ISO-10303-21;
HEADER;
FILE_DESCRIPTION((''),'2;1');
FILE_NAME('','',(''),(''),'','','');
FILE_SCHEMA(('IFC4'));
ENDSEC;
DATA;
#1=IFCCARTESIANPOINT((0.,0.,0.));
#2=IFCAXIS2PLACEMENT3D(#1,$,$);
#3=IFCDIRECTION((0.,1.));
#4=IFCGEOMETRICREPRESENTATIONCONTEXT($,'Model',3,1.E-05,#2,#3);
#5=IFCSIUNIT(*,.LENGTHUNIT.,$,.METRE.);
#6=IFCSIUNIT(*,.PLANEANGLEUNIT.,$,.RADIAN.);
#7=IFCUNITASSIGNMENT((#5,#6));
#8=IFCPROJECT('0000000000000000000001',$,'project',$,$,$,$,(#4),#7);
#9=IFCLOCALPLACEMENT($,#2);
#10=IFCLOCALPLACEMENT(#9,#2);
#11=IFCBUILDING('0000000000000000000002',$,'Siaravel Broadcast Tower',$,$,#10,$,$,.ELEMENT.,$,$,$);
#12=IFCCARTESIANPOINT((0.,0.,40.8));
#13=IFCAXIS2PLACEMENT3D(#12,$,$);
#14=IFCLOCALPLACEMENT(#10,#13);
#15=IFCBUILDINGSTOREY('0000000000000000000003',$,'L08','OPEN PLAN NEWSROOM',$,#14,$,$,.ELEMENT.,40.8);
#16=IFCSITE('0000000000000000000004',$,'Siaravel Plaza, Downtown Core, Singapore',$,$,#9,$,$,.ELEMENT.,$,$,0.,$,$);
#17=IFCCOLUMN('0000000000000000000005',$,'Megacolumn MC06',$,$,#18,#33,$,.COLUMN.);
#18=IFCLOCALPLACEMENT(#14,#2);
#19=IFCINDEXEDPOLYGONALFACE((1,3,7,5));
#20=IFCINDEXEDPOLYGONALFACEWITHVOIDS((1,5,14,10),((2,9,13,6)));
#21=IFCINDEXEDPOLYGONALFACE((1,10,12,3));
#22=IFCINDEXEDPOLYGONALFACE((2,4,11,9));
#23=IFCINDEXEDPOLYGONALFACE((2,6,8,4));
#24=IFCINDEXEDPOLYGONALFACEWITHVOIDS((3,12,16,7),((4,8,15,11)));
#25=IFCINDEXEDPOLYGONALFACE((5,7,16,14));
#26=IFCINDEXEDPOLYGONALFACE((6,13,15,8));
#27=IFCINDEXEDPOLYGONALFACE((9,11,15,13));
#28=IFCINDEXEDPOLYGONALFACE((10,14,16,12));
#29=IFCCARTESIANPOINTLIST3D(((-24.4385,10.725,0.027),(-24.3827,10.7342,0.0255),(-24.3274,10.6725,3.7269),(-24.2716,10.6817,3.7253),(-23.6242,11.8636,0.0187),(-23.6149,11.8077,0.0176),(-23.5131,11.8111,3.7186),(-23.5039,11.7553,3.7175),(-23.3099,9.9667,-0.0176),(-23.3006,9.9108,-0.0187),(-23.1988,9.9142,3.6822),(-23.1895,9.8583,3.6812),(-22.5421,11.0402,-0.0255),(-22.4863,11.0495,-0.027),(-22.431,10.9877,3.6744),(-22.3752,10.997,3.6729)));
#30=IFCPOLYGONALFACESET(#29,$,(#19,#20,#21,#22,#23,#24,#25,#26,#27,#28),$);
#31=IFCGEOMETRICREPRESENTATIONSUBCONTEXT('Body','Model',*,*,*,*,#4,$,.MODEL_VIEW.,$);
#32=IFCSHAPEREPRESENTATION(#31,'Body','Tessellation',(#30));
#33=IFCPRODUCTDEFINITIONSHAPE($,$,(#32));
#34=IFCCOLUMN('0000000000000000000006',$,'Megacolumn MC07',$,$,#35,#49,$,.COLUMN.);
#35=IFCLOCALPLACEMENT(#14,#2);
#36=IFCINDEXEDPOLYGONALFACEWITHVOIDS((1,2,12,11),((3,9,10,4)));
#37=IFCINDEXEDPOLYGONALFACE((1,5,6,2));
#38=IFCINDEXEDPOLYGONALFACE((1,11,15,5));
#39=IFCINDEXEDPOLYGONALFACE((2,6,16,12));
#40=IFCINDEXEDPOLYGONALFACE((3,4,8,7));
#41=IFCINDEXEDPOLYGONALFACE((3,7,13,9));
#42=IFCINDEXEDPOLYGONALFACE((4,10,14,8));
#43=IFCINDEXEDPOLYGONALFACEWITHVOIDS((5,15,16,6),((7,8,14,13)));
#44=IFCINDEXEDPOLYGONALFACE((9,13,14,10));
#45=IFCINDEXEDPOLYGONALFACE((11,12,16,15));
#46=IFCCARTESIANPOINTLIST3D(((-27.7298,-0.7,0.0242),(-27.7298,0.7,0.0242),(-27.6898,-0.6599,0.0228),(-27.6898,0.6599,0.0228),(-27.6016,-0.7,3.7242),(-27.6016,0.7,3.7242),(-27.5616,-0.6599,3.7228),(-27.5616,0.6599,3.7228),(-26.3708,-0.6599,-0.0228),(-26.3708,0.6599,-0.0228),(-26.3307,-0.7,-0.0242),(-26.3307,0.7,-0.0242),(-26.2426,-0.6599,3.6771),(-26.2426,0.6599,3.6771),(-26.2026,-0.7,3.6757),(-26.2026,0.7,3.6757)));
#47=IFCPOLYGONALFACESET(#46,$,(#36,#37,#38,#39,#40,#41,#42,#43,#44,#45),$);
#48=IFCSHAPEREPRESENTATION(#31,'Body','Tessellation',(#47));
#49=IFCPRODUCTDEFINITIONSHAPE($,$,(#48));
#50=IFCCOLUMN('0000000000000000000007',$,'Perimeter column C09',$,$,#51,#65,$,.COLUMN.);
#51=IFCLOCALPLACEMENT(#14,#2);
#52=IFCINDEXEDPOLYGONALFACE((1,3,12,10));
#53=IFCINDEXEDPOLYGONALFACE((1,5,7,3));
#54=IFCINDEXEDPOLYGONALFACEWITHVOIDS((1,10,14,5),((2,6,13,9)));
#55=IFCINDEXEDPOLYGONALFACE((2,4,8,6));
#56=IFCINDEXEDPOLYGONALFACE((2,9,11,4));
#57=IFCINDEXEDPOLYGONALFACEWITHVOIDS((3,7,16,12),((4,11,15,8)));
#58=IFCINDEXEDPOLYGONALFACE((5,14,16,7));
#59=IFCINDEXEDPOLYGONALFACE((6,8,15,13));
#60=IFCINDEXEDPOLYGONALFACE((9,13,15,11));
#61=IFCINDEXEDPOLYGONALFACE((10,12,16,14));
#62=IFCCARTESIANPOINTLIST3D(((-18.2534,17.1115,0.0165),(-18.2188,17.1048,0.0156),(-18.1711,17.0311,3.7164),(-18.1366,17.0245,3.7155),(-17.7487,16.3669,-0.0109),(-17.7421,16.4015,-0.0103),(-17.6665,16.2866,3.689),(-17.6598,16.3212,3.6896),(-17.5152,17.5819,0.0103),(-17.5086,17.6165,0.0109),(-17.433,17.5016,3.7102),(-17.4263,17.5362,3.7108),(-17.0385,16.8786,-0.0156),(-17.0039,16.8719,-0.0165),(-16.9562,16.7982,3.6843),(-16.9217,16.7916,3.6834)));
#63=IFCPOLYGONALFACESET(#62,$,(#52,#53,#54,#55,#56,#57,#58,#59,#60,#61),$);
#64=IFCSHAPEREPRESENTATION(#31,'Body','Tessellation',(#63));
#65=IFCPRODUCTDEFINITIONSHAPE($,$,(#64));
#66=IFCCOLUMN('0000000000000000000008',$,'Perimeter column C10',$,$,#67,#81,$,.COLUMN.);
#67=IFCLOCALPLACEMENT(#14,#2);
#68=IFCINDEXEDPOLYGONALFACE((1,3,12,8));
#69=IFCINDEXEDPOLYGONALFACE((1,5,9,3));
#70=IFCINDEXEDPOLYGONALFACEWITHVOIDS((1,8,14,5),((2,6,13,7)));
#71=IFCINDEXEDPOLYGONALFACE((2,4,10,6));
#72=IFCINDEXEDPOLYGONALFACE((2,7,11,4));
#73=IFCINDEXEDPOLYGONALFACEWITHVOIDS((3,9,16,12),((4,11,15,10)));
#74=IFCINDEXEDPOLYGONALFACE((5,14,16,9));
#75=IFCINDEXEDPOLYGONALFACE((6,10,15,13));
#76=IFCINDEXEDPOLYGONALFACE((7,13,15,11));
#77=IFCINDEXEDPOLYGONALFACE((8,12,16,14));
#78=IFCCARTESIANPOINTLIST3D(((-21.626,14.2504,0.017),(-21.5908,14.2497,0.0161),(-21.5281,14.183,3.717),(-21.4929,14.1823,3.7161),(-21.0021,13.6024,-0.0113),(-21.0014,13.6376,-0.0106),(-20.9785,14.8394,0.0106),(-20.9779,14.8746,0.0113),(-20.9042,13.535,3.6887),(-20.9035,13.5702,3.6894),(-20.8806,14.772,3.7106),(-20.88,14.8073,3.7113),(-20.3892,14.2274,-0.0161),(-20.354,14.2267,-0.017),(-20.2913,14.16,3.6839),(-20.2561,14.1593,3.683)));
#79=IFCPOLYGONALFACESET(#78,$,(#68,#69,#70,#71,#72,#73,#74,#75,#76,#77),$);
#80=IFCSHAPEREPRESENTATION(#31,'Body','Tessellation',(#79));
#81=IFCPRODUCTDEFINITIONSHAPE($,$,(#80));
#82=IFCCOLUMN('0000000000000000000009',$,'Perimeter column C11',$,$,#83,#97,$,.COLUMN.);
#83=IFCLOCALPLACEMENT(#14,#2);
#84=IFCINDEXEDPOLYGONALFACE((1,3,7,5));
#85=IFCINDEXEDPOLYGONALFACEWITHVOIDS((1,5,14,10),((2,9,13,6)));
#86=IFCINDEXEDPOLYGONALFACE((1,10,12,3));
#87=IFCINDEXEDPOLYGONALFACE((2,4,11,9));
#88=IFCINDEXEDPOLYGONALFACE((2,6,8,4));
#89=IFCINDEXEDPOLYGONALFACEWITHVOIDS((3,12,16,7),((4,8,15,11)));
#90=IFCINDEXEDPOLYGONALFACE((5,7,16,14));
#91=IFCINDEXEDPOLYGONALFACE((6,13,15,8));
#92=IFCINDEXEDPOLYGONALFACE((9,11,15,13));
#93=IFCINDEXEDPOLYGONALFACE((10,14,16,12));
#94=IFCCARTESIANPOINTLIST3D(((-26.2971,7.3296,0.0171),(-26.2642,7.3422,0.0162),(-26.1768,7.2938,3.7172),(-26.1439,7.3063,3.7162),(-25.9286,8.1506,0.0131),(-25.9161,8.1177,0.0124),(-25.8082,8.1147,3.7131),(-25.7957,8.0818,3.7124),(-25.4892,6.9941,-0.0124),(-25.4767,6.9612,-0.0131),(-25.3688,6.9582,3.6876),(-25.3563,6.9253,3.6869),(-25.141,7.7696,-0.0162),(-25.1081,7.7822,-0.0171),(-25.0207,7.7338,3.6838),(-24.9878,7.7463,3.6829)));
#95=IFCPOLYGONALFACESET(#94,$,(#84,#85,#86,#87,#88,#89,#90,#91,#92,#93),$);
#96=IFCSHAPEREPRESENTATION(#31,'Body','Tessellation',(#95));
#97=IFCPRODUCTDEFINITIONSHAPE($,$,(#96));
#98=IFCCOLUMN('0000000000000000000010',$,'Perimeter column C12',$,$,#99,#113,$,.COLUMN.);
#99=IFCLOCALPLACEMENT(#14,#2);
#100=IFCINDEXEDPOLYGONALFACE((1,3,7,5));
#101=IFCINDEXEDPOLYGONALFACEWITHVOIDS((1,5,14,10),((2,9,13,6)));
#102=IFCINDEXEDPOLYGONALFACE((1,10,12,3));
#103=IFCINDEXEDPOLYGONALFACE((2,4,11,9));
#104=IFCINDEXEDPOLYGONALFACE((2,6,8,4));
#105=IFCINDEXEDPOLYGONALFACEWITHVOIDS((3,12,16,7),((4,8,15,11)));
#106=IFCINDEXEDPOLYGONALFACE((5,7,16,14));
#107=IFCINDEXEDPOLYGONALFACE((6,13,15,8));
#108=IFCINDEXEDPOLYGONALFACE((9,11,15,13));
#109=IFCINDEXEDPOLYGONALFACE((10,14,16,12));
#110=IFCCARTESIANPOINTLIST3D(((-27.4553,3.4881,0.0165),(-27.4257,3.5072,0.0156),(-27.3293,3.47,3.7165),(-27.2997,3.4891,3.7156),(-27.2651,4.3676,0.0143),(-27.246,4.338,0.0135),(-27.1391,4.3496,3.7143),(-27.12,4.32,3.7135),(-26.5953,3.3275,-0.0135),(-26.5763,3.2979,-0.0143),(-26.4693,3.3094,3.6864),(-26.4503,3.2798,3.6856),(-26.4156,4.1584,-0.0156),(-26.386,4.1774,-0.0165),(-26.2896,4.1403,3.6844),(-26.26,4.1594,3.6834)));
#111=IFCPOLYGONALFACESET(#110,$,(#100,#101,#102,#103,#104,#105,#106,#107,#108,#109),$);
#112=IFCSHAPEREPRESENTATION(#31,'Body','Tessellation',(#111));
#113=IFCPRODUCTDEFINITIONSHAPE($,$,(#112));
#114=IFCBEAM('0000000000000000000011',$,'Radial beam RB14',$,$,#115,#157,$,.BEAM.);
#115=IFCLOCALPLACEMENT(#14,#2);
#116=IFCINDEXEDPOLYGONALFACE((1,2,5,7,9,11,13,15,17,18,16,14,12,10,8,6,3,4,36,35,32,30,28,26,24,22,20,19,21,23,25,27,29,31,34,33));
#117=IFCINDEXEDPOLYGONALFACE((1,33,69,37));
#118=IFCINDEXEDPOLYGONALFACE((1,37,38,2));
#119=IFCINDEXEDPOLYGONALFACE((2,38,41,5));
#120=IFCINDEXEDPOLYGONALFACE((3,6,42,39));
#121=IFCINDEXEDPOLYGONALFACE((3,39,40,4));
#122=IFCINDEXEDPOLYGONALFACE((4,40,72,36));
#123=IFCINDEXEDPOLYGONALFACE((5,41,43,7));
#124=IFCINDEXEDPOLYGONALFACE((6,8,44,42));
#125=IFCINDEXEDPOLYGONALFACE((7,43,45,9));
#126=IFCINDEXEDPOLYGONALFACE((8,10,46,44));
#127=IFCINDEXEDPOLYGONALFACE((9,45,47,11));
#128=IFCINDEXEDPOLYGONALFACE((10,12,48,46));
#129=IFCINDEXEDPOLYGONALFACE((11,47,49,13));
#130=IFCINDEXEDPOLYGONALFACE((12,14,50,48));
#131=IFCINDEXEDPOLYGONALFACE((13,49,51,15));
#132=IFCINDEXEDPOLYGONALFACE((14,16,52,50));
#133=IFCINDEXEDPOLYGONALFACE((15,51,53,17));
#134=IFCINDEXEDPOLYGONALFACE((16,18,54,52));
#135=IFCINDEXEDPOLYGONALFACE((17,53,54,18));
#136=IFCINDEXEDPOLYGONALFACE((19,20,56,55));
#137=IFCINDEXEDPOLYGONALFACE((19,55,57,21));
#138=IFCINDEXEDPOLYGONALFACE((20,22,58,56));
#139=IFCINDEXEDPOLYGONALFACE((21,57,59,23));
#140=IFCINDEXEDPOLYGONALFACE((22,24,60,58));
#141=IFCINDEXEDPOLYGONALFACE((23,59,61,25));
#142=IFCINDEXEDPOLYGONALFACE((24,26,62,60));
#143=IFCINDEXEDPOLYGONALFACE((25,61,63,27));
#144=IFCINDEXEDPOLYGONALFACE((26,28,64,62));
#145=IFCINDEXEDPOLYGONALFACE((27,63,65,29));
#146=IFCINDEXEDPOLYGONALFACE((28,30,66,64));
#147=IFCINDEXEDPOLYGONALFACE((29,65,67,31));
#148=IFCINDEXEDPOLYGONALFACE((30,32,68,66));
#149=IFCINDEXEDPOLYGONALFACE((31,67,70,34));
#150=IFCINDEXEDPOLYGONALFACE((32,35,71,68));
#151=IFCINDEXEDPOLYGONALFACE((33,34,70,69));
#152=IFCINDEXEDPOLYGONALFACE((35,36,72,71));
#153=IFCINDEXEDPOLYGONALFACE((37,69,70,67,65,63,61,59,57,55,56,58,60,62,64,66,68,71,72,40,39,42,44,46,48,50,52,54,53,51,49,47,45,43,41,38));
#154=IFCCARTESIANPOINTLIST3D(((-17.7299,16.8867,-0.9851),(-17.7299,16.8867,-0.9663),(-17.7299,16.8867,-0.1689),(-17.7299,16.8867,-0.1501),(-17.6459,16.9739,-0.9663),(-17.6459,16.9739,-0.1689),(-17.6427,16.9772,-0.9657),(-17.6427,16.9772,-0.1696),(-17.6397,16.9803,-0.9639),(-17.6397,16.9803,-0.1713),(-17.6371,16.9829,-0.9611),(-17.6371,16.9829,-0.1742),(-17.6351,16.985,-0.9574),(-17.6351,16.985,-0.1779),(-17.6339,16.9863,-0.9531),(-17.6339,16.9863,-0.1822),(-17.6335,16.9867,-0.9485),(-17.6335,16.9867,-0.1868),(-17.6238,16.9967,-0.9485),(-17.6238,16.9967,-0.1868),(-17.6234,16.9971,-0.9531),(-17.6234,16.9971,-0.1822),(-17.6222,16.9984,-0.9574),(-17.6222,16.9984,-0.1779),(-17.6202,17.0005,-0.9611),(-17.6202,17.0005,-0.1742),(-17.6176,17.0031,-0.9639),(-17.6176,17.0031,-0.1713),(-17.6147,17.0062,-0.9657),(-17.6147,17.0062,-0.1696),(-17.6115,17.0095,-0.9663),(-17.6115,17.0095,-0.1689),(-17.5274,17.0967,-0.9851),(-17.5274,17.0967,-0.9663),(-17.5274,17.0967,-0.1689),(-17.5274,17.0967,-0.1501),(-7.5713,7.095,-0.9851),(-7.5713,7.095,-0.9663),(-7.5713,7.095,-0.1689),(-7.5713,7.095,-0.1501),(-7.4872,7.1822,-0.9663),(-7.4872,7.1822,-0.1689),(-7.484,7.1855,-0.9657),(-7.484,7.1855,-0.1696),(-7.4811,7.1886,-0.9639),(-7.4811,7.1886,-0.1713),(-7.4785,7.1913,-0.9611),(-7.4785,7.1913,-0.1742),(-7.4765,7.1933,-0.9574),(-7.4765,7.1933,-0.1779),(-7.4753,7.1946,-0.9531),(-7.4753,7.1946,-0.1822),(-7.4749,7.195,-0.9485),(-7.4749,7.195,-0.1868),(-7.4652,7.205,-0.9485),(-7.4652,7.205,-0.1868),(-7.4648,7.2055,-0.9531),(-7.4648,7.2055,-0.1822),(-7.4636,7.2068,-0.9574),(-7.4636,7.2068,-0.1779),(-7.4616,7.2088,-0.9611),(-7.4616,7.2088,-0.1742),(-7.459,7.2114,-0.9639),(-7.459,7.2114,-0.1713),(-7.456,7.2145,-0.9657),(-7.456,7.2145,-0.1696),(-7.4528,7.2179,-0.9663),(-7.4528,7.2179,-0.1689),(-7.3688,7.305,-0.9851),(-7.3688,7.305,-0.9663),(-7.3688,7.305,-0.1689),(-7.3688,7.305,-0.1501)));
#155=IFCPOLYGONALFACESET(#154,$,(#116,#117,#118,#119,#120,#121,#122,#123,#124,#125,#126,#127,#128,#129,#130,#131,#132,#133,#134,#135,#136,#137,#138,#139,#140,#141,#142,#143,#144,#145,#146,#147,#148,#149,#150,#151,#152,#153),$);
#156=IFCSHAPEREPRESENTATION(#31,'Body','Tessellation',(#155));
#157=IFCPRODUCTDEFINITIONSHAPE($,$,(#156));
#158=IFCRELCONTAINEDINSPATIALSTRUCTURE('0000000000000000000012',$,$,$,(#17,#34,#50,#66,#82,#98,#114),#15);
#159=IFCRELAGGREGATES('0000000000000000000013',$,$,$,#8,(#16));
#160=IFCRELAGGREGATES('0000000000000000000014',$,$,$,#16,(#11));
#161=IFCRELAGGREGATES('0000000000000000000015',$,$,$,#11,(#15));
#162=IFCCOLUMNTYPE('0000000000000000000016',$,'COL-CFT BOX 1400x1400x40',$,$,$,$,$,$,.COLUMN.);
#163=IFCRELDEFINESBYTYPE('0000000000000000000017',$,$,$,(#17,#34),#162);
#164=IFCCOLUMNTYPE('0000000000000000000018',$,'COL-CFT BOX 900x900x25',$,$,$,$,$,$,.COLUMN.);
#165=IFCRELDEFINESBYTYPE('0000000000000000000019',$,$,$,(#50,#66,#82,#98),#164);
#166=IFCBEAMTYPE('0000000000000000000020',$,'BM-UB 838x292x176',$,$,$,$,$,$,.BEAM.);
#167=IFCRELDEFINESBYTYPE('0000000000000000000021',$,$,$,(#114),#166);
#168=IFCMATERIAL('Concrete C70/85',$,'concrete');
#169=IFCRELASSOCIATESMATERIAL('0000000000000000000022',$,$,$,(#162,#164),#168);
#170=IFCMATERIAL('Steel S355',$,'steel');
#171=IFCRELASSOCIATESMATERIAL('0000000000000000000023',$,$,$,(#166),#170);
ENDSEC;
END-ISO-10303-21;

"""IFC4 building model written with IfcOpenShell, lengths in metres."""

from ifc_helpers import new_model, si_unit, direction, frame, origin, origin_2d, place, context, subcontext, project, spatial, hollow_rectangle, i_section, extrude, material, material_profile, profile_set, type_object, element, save


model = new_model("IFC4")

# Units and contexts
model_context = context("Model", 3, precision=1e-05, world=origin(), true_north=direction((0.0, 1.0)))
body_context = subcontext(model_context, "Body", "Model", "MODEL_VIEW")
ifc_project = project(units=[si_unit("LENGTHUNIT", "METRE"), si_unit("PLANEANGLEUNIT", "RADIAN")], contexts=[model_context])

# Site, building, storey
site_placement = place(None, origin())
site = spatial("IfcSite", under=ifc_project, at=site_placement, Name="Siaravel Plaza, Downtown Core, Singapore", CompositionType="ELEMENT", RefElevation=0.0)
building_placement = place(site_placement, origin())
building = spatial("IfcBuilding", under=site, at=building_placement, Name="Siaravel Broadcast Tower", CompositionType="ELEMENT")
storey_placement = place(building_placement, frame((0.0, 0.0, 40.8)))
storey = spatial("IfcBuildingStorey", under=building, at=storey_placement, Name="L08", Description="OPEN PLAN NEWSROOM", CompositionType="ELEMENT", Elevation=40.8)

# Columns
ifc_material_1 = material(Name="Concrete C70/85", Category="concrete")
ifc_material_profile_1 = material_profile(ifc_material_1, hollow_rectangle(XDim=1.3999, YDim=1.3999, WallThickness=0.04, at=origin_2d()))
ifc_profile_set_1 = profile_set([ifc_material_profile_1], Name="Concrete C70/85")
column_type_1 = type_object("IfcColumnType", Name="COL-CFT BOX 1400x1400x40", PredefinedType="COLUMN", material=ifc_profile_set_1)
column_1_placement = place(storey_placement, frame((-23.4624, 10.8872, 0.0), z_axis=(0.030007, -0.014179, 0.999449), x_axis=(0.581708, 0.813376, -0.005926)))
element("IfcColumn", 1, at=column_1_placement, inside=storey, type_object=column_type_1, Name="Megacolumn MC06", PredefinedType="COLUMN", context=body_context, shape_type="SweptSolid", body=[
    extrude(hollow_rectangle(XDim=1.3999, YDim=1.3999, WallThickness=0.04, at=origin_2d()), origin(), (0.0, 0.0, 1.0), 3.7019),
])
column_2_placement = place(storey_placement, frame((-27.0303, 0.0, 0.0), z_axis=(0.034621, 0.0, 0.999401), x_axis=(0.0, 1.0, 0.0)))
element("IfcColumn", 2, at=column_2_placement, inside=storey, type_object=column_type_1, Name="Megacolumn MC07", PredefinedType="COLUMN", context=body_context, shape_type="SweptSolid", body=[
    extrude(hollow_rectangle(XDim=1.3999, YDim=1.3999, WallThickness=0.04, at=origin_2d()), origin(), (0.0, 0.0, 1.0), 3.7021),
])
ifc_material_profile_2 = material_profile(ifc_material_1, hollow_rectangle(XDim=0.8999, YDim=0.8999, WallThickness=0.0249, at=origin_2d()))
ifc_profile_set_2 = profile_set([ifc_material_profile_2], Name="Concrete C70/85")
column_type_2 = type_object("IfcColumnType", Name="COL-CFT BOX 900x900x25", PredefinedType="COLUMN", material=ifc_profile_set_2)
column_3_placement = place(storey_placement, frame((-17.6287, 16.9917, 0.0), z_axis=(0.022226, -0.021699, 0.999517), x_axis=(0.827647, 0.561215, -0.006221)))
element("IfcColumn", 3, at=column_3_placement, inside=storey, type_object=column_type_2, Name="Perimeter column C09", PredefinedType="COLUMN", context=body_context, shape_type="SweptSolid", body=[
    extrude(hollow_rectangle(XDim=0.8999, YDim=0.8999, WallThickness=0.0249, at=origin_2d()), origin(), (0.0, 0.0, 1.0), 3.7017),
])
column_4_placement = place(storey_placement, frame((-20.99, 14.2385, 0.0), z_axis=(0.026446, -0.018202, 0.999484), x_axis=(0.72021, 0.693726, -0.006423)))
element("IfcColumn", 4, at=column_4_placement, inside=storey, type_object=column_type_2, Name="Perimeter column C10", PredefinedType="COLUMN", context=body_context, shape_type="SweptSolid", body=[
    extrude(hollow_rectangle(XDim=0.8999, YDim=0.8999, WallThickness=0.0249, at=origin_2d()), origin(), (0.0, 0.0, 1.0), 3.7019),
])
for number, where, z_axis, x_axis, name in (
    (5, (-25.7026, 7.5559, 0.0), (0.032512, -0.009694, 0.999424), (0.40952, 0.91229, -0.004473), "Perimeter column C11"),
    (6, (-26.9207, 3.8328, 0.0), (0.034028, -0.00488, 0.999409), (0.211389, 0.977399, -0.002425), "Perimeter column C12"),
):
    element("IfcColumn", number, at=place(storey_placement, frame(where, z_axis=z_axis, x_axis=x_axis)), inside=storey, type_object=column_type_2, Name=name, PredefinedType="COLUMN", context=body_context, shape_type="SweptSolid", body=[
        extrude(hollow_rectangle(XDim=0.8999, YDim=0.8999, WallThickness=0.0249, at=origin_2d()), origin(), (0.0, 0.0, 1.0), 3.7021),
    ])

# Beam
ifc_material_2 = material(Name="Steel S355", Category="steel")
ifc_material_profile_3 = material_profile(ifc_material_2, i_section(OverallWidth=0.2917, OverallDepth=0.835, WebThickness=0.0139, FlangeThickness=0.0188, FilletRadius=0.0178, at=origin_2d()))
ifc_profile_set_3 = profile_set([ifc_material_profile_3], Name="Steel S355")
beam_type = type_object("IfcBeamType", Name="BM-UB 838x292x176", PredefinedType="BEAM", material=ifc_profile_set_3)
beam_1_placement = place(storey_placement, frame((-17.6287, 16.9917, -0.5676), z_axis=(0.719991, -0.693984, 0.0), x_axis=(0.693984, 0.719991, 0.0)))
element("IfcBeam", 7, at=beam_1_placement, inside=storey, type_object=beam_type, Name="Radial beam RB14", PredefinedType="BEAM", context=body_context, shape_type="SweptSolid", body=[
    extrude(i_section(OverallWidth=0.2917, OverallDepth=0.835, WebThickness=0.0139, FlangeThickness=0.0188, FilletRadius=0.0178, at=origin_2d()), origin(), (0.0, 0.0, 1.0), 14.1094),
])

save(model, "model.ifc")
